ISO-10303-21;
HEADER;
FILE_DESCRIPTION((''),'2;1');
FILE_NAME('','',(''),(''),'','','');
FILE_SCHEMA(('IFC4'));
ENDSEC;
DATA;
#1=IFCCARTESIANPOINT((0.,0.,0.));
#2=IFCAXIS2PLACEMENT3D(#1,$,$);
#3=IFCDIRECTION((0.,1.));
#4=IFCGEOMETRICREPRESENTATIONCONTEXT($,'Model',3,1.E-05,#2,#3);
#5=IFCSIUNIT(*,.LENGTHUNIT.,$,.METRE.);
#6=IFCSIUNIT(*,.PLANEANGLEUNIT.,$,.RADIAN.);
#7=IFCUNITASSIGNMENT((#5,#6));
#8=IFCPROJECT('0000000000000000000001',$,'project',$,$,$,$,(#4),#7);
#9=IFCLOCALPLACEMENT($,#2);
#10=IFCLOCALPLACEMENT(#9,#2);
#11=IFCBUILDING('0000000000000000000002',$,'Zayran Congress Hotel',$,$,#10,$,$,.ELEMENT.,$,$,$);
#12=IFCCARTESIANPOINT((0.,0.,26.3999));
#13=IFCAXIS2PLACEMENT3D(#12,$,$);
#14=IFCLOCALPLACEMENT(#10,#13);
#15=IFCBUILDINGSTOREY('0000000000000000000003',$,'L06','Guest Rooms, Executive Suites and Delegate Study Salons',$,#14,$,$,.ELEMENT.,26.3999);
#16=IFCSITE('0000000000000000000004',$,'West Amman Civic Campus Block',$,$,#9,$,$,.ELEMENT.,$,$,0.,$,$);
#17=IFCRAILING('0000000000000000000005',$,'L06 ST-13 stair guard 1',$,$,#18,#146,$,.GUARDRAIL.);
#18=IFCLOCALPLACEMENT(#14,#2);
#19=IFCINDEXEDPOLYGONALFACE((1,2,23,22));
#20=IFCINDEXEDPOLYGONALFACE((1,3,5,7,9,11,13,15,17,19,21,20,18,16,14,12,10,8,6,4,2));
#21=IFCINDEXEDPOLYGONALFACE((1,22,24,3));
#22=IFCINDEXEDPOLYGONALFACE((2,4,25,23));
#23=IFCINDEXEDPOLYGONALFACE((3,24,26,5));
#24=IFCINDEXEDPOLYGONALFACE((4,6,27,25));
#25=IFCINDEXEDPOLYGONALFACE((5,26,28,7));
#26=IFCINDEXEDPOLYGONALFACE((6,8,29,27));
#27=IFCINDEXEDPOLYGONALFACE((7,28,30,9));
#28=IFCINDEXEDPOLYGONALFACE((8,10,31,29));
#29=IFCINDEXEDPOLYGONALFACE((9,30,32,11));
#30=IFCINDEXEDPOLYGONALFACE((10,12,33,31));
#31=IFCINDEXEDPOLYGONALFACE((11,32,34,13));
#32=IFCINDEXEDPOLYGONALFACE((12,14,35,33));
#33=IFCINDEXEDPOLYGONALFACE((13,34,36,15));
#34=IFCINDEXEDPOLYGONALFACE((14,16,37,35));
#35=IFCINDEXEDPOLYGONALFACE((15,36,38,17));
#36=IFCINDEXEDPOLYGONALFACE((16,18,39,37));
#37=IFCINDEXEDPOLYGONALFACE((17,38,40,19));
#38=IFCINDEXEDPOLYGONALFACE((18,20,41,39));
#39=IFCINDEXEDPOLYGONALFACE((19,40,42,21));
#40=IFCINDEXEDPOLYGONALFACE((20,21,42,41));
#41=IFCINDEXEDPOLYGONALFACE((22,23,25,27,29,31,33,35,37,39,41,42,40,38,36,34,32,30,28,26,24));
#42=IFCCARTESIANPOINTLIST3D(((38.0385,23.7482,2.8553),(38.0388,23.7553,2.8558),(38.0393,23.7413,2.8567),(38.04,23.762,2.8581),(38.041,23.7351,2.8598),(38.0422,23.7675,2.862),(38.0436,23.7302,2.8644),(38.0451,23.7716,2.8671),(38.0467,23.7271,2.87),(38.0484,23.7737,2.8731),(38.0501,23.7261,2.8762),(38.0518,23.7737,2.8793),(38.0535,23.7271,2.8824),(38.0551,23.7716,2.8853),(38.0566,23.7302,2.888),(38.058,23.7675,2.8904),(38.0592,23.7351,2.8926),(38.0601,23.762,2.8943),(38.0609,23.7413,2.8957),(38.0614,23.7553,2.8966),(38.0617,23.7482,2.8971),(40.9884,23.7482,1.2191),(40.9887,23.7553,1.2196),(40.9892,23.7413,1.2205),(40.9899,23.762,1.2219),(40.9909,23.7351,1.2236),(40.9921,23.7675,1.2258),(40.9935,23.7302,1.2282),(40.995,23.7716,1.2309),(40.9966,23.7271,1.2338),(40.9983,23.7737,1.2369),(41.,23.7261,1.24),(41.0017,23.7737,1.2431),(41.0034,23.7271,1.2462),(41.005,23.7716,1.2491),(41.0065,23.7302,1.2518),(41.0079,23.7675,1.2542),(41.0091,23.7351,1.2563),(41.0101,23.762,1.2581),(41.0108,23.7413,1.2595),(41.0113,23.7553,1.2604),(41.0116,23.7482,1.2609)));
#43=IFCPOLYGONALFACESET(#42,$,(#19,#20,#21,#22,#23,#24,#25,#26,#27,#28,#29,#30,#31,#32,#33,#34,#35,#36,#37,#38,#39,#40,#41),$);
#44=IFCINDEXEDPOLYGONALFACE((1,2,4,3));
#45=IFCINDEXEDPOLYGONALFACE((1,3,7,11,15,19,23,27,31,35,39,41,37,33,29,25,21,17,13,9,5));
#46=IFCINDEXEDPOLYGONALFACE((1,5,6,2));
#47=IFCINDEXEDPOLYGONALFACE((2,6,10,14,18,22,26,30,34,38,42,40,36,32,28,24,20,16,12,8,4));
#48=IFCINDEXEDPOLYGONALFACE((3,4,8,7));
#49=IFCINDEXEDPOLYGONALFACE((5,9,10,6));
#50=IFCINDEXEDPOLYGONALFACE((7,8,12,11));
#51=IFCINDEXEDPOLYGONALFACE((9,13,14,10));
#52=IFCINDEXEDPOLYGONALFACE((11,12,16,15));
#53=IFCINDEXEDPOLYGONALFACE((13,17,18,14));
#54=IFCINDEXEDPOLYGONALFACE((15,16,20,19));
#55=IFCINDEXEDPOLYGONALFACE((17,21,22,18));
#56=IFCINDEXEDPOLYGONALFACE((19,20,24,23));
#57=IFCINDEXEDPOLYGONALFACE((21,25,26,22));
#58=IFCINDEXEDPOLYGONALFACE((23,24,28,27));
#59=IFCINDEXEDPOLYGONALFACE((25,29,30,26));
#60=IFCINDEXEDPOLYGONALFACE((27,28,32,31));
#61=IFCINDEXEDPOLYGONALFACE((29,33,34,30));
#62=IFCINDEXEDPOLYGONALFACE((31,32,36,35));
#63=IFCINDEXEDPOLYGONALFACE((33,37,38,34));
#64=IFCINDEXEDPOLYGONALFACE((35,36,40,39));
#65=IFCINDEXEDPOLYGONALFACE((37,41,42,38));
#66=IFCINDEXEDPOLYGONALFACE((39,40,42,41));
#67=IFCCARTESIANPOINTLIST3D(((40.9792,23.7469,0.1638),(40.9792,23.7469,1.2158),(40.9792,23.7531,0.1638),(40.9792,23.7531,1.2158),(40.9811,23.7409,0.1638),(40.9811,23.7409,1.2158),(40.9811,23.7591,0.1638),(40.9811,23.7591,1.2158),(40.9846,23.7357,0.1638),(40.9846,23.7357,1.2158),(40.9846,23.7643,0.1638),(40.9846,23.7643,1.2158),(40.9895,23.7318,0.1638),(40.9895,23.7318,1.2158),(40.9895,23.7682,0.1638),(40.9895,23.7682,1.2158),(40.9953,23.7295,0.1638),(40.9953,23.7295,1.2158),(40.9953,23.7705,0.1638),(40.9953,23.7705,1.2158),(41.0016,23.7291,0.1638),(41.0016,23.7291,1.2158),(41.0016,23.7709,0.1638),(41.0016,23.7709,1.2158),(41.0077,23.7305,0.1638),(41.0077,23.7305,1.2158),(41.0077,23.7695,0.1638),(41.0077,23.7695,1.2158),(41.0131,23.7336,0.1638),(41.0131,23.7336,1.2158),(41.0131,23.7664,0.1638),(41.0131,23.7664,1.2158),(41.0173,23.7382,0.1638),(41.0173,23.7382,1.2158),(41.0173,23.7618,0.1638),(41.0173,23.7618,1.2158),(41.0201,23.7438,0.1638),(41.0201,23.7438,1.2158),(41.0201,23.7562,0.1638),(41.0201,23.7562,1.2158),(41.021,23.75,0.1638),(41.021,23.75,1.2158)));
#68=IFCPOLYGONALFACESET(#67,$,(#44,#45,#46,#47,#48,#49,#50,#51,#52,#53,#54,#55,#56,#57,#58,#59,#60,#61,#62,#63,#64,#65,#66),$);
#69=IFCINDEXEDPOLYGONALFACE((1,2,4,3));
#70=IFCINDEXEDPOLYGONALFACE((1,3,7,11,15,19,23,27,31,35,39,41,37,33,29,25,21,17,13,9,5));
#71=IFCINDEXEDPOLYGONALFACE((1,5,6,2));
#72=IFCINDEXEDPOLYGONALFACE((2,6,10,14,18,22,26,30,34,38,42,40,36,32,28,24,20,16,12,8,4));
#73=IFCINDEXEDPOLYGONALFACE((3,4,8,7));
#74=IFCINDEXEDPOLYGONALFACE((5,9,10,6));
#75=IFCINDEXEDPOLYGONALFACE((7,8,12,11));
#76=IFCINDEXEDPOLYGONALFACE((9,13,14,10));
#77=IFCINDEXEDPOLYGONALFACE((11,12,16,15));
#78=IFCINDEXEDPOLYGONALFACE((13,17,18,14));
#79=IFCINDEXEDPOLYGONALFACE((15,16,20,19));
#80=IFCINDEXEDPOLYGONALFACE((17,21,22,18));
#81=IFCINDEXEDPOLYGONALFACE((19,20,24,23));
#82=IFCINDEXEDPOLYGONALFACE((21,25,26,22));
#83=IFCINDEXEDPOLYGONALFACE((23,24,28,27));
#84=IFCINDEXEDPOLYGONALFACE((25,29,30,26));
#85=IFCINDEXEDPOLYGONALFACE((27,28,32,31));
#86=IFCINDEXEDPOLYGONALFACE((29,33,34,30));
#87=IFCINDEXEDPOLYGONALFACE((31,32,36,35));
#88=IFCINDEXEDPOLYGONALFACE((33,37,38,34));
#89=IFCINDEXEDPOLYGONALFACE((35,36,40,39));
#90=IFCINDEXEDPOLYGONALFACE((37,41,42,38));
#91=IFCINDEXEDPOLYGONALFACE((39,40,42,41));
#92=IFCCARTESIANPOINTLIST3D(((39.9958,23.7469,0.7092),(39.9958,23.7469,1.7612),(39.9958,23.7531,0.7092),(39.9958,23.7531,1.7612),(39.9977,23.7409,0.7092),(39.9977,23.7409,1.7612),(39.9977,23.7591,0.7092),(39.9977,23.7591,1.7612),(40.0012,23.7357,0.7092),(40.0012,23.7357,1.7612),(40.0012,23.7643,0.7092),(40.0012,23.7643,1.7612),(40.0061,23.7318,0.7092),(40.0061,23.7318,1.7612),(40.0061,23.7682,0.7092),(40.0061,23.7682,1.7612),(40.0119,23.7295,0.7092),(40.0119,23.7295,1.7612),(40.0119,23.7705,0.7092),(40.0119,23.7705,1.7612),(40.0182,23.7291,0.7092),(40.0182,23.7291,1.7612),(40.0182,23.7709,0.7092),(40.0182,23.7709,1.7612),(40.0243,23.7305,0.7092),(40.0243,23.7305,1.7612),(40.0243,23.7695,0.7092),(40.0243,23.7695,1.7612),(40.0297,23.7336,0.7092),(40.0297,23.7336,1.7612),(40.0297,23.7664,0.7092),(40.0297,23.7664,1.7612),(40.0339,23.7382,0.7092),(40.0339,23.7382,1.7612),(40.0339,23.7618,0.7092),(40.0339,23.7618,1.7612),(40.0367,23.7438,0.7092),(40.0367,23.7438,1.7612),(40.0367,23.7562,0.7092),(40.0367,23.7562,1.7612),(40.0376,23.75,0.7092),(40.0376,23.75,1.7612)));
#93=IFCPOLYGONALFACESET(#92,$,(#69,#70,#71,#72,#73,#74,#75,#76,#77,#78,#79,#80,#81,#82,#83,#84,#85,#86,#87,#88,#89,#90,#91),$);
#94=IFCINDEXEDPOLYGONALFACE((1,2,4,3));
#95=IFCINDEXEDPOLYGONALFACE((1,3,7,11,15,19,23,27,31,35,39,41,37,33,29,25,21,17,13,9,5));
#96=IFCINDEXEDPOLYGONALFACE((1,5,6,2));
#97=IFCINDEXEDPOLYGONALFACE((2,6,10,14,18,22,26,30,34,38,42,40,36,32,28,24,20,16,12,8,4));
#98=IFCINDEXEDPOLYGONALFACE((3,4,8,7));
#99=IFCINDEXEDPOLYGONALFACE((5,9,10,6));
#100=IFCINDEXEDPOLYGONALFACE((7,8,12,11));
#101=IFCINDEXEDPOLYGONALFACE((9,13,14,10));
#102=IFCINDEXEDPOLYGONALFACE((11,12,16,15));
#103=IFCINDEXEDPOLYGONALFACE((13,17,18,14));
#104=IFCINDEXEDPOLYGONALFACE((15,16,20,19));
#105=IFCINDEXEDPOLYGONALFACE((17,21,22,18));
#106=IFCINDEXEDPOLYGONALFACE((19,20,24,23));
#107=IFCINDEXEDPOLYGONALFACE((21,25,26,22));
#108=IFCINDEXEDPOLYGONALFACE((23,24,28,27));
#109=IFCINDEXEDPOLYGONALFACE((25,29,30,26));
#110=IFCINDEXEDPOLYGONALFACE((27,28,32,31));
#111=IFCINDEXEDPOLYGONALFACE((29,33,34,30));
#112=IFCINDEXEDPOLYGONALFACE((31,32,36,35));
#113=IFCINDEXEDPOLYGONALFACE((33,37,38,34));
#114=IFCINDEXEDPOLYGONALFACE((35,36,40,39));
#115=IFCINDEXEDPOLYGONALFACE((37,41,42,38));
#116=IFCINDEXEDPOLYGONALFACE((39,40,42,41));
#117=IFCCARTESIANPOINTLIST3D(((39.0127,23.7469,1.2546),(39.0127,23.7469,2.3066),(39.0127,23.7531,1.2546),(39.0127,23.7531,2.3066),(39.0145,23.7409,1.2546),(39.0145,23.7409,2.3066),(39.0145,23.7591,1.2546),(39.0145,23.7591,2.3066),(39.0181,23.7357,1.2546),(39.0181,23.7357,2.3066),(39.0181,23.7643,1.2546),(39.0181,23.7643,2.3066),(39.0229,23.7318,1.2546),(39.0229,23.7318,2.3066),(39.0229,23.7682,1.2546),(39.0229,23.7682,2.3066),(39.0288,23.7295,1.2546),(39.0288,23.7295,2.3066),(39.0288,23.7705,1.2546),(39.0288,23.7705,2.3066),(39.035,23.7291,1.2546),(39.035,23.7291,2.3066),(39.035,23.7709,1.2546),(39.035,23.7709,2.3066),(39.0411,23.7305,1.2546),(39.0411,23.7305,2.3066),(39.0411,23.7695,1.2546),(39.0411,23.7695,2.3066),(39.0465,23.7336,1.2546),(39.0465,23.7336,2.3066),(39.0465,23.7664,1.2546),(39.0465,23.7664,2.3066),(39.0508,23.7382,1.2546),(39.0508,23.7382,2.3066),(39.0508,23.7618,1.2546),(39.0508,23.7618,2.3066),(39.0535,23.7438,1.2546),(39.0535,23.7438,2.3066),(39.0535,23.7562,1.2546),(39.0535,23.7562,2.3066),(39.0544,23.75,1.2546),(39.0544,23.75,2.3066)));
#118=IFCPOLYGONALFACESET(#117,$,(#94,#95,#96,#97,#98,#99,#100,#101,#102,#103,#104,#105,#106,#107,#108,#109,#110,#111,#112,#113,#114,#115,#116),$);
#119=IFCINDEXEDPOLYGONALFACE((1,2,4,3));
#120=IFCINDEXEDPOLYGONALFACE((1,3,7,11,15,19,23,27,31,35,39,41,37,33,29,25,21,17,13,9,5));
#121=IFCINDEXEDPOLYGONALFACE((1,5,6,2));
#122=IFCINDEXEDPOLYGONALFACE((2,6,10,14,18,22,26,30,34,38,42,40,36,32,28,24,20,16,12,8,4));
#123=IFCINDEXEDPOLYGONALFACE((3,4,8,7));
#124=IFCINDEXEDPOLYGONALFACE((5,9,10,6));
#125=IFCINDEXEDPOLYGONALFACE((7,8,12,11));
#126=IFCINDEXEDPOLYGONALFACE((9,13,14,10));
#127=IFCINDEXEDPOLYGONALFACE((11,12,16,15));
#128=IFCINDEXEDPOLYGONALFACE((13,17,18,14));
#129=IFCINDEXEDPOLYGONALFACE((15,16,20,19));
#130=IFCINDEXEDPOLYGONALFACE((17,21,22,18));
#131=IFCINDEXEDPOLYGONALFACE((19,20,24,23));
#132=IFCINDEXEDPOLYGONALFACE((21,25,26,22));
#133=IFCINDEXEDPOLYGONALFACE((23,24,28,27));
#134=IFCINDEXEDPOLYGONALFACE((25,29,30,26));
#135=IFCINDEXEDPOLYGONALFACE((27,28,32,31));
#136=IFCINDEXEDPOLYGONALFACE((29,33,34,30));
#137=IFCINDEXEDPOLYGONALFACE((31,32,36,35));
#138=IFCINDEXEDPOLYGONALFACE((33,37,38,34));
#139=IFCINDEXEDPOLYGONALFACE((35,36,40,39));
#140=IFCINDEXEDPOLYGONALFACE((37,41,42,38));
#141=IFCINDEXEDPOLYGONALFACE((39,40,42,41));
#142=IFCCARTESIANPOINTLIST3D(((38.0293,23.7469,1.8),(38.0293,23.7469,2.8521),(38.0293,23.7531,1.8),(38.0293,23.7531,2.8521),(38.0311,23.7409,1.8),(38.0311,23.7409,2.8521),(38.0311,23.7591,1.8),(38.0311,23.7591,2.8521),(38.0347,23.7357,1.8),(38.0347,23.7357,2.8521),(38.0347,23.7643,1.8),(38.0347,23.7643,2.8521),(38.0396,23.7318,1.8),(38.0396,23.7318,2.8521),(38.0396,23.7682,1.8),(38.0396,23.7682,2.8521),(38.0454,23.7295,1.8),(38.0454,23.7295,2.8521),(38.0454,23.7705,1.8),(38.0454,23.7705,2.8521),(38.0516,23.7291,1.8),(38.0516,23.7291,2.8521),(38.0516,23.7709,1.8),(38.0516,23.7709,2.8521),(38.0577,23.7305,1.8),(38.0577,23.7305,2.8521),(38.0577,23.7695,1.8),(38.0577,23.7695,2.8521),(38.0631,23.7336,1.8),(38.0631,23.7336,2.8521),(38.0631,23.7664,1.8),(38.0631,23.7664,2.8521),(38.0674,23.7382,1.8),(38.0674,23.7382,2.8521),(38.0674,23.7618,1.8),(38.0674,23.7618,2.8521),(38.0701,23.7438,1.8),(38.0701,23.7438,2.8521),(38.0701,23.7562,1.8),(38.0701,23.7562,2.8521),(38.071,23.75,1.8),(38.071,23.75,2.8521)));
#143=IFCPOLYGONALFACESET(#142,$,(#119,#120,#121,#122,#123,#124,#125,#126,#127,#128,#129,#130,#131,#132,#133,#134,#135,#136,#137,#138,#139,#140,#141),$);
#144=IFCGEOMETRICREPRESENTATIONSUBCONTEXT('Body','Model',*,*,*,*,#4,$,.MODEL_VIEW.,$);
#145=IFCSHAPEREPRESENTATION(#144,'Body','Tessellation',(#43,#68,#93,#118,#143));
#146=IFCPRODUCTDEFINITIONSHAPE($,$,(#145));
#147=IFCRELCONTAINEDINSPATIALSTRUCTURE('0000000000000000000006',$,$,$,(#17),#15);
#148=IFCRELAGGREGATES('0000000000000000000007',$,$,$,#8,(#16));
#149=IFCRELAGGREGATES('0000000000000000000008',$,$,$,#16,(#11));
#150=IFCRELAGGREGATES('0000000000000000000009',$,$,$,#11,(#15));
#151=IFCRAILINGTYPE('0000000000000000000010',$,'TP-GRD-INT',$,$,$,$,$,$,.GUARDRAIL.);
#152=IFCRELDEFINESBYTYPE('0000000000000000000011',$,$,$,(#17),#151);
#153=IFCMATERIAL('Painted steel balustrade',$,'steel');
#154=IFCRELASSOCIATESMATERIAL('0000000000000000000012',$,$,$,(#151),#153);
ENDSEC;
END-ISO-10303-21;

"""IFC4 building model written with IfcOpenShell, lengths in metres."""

from ifc_helpers import new_model, si_unit, direction, frame, origin, origin_2d, place, context, subcontext, project, spatial, circle, extrude, material, type_object, element, save


model = new_model("IFC4")

# Units and contexts
model_context = context("Model", 3, precision=1e-05, world=origin(), true_north=direction((0.0, 1.0)))
body_context = subcontext(model_context, "Body", "Model", "MODEL_VIEW")
ifc_project = project(units=[si_unit("LENGTHUNIT", "METRE"), si_unit("PLANEANGLEUNIT", "RADIAN")], contexts=[model_context])

# Site, building, storey
site_placement = place(None, origin())
site = spatial("IfcSite", under=ifc_project, at=site_placement, Name="West Amman Civic Campus Block", CompositionType="ELEMENT", RefElevation=0.0)
building_placement = place(site_placement, origin())
building = spatial("IfcBuilding", under=site, at=building_placement, Name="Zayran Congress Hotel", CompositionType="ELEMENT")
storey_placement = place(building_placement, frame((0.0, 0.0, 26.3999)))
storey = spatial("IfcBuildingStorey", under=building, at=storey_placement, Name="L06", Description="Guest Rooms, Executive Suites and Delegate Study Salons", CompositionType="ELEMENT", Elevation=26.3999)

# Railing
ifc_material_1 = material(Name="Painted steel balustrade", Category="steel")
railing_type_1 = type_object("IfcRailingType", Name="TP-GRD-INT", PredefinedType="GUARDRAIL", material=ifc_material_1)
railing_1_placement = place(storey_placement, frame((41.0, 23.75, 0.1638)))
element("IfcRailing", 1, at=railing_1_placement, inside=storey, type_object=railing_type_1, Name="L06 ST-13 stair guard 1", PredefinedType="GUARDRAIL", context=body_context, shape_type="SweptSolid", body=[
    extrude(circle(Radius=0.0239, at=origin_2d()), frame((0.0, 0.0, 1.0762), z_axis=(-0.874488, 0.0, 0.485047), x_axis=(0.0, -1.0, 0.0)), (0.0, 0.0, 1.0), 3.3733),
    extrude(circle(Radius=0.021, at=origin_2d()), origin(), (0.0, 0.0, 1.0), 1.052),
    extrude(circle(Radius=0.021, at=origin_2d()), frame((-0.9834, 0.0, 0.5454)), (0.0, 0.0, 1.0), 1.052),
    extrude(circle(Radius=0.021, at=origin_2d()), frame((-1.9666, 0.0, 1.0908)), (0.0, 0.0, 1.0), 1.052),
    extrude(circle(Radius=0.021, at=origin_2d()), frame((-2.95, 0.0, 1.6362)), (0.0, 0.0, 1.0), 1.052),
])

save(model, "model.ifc")
